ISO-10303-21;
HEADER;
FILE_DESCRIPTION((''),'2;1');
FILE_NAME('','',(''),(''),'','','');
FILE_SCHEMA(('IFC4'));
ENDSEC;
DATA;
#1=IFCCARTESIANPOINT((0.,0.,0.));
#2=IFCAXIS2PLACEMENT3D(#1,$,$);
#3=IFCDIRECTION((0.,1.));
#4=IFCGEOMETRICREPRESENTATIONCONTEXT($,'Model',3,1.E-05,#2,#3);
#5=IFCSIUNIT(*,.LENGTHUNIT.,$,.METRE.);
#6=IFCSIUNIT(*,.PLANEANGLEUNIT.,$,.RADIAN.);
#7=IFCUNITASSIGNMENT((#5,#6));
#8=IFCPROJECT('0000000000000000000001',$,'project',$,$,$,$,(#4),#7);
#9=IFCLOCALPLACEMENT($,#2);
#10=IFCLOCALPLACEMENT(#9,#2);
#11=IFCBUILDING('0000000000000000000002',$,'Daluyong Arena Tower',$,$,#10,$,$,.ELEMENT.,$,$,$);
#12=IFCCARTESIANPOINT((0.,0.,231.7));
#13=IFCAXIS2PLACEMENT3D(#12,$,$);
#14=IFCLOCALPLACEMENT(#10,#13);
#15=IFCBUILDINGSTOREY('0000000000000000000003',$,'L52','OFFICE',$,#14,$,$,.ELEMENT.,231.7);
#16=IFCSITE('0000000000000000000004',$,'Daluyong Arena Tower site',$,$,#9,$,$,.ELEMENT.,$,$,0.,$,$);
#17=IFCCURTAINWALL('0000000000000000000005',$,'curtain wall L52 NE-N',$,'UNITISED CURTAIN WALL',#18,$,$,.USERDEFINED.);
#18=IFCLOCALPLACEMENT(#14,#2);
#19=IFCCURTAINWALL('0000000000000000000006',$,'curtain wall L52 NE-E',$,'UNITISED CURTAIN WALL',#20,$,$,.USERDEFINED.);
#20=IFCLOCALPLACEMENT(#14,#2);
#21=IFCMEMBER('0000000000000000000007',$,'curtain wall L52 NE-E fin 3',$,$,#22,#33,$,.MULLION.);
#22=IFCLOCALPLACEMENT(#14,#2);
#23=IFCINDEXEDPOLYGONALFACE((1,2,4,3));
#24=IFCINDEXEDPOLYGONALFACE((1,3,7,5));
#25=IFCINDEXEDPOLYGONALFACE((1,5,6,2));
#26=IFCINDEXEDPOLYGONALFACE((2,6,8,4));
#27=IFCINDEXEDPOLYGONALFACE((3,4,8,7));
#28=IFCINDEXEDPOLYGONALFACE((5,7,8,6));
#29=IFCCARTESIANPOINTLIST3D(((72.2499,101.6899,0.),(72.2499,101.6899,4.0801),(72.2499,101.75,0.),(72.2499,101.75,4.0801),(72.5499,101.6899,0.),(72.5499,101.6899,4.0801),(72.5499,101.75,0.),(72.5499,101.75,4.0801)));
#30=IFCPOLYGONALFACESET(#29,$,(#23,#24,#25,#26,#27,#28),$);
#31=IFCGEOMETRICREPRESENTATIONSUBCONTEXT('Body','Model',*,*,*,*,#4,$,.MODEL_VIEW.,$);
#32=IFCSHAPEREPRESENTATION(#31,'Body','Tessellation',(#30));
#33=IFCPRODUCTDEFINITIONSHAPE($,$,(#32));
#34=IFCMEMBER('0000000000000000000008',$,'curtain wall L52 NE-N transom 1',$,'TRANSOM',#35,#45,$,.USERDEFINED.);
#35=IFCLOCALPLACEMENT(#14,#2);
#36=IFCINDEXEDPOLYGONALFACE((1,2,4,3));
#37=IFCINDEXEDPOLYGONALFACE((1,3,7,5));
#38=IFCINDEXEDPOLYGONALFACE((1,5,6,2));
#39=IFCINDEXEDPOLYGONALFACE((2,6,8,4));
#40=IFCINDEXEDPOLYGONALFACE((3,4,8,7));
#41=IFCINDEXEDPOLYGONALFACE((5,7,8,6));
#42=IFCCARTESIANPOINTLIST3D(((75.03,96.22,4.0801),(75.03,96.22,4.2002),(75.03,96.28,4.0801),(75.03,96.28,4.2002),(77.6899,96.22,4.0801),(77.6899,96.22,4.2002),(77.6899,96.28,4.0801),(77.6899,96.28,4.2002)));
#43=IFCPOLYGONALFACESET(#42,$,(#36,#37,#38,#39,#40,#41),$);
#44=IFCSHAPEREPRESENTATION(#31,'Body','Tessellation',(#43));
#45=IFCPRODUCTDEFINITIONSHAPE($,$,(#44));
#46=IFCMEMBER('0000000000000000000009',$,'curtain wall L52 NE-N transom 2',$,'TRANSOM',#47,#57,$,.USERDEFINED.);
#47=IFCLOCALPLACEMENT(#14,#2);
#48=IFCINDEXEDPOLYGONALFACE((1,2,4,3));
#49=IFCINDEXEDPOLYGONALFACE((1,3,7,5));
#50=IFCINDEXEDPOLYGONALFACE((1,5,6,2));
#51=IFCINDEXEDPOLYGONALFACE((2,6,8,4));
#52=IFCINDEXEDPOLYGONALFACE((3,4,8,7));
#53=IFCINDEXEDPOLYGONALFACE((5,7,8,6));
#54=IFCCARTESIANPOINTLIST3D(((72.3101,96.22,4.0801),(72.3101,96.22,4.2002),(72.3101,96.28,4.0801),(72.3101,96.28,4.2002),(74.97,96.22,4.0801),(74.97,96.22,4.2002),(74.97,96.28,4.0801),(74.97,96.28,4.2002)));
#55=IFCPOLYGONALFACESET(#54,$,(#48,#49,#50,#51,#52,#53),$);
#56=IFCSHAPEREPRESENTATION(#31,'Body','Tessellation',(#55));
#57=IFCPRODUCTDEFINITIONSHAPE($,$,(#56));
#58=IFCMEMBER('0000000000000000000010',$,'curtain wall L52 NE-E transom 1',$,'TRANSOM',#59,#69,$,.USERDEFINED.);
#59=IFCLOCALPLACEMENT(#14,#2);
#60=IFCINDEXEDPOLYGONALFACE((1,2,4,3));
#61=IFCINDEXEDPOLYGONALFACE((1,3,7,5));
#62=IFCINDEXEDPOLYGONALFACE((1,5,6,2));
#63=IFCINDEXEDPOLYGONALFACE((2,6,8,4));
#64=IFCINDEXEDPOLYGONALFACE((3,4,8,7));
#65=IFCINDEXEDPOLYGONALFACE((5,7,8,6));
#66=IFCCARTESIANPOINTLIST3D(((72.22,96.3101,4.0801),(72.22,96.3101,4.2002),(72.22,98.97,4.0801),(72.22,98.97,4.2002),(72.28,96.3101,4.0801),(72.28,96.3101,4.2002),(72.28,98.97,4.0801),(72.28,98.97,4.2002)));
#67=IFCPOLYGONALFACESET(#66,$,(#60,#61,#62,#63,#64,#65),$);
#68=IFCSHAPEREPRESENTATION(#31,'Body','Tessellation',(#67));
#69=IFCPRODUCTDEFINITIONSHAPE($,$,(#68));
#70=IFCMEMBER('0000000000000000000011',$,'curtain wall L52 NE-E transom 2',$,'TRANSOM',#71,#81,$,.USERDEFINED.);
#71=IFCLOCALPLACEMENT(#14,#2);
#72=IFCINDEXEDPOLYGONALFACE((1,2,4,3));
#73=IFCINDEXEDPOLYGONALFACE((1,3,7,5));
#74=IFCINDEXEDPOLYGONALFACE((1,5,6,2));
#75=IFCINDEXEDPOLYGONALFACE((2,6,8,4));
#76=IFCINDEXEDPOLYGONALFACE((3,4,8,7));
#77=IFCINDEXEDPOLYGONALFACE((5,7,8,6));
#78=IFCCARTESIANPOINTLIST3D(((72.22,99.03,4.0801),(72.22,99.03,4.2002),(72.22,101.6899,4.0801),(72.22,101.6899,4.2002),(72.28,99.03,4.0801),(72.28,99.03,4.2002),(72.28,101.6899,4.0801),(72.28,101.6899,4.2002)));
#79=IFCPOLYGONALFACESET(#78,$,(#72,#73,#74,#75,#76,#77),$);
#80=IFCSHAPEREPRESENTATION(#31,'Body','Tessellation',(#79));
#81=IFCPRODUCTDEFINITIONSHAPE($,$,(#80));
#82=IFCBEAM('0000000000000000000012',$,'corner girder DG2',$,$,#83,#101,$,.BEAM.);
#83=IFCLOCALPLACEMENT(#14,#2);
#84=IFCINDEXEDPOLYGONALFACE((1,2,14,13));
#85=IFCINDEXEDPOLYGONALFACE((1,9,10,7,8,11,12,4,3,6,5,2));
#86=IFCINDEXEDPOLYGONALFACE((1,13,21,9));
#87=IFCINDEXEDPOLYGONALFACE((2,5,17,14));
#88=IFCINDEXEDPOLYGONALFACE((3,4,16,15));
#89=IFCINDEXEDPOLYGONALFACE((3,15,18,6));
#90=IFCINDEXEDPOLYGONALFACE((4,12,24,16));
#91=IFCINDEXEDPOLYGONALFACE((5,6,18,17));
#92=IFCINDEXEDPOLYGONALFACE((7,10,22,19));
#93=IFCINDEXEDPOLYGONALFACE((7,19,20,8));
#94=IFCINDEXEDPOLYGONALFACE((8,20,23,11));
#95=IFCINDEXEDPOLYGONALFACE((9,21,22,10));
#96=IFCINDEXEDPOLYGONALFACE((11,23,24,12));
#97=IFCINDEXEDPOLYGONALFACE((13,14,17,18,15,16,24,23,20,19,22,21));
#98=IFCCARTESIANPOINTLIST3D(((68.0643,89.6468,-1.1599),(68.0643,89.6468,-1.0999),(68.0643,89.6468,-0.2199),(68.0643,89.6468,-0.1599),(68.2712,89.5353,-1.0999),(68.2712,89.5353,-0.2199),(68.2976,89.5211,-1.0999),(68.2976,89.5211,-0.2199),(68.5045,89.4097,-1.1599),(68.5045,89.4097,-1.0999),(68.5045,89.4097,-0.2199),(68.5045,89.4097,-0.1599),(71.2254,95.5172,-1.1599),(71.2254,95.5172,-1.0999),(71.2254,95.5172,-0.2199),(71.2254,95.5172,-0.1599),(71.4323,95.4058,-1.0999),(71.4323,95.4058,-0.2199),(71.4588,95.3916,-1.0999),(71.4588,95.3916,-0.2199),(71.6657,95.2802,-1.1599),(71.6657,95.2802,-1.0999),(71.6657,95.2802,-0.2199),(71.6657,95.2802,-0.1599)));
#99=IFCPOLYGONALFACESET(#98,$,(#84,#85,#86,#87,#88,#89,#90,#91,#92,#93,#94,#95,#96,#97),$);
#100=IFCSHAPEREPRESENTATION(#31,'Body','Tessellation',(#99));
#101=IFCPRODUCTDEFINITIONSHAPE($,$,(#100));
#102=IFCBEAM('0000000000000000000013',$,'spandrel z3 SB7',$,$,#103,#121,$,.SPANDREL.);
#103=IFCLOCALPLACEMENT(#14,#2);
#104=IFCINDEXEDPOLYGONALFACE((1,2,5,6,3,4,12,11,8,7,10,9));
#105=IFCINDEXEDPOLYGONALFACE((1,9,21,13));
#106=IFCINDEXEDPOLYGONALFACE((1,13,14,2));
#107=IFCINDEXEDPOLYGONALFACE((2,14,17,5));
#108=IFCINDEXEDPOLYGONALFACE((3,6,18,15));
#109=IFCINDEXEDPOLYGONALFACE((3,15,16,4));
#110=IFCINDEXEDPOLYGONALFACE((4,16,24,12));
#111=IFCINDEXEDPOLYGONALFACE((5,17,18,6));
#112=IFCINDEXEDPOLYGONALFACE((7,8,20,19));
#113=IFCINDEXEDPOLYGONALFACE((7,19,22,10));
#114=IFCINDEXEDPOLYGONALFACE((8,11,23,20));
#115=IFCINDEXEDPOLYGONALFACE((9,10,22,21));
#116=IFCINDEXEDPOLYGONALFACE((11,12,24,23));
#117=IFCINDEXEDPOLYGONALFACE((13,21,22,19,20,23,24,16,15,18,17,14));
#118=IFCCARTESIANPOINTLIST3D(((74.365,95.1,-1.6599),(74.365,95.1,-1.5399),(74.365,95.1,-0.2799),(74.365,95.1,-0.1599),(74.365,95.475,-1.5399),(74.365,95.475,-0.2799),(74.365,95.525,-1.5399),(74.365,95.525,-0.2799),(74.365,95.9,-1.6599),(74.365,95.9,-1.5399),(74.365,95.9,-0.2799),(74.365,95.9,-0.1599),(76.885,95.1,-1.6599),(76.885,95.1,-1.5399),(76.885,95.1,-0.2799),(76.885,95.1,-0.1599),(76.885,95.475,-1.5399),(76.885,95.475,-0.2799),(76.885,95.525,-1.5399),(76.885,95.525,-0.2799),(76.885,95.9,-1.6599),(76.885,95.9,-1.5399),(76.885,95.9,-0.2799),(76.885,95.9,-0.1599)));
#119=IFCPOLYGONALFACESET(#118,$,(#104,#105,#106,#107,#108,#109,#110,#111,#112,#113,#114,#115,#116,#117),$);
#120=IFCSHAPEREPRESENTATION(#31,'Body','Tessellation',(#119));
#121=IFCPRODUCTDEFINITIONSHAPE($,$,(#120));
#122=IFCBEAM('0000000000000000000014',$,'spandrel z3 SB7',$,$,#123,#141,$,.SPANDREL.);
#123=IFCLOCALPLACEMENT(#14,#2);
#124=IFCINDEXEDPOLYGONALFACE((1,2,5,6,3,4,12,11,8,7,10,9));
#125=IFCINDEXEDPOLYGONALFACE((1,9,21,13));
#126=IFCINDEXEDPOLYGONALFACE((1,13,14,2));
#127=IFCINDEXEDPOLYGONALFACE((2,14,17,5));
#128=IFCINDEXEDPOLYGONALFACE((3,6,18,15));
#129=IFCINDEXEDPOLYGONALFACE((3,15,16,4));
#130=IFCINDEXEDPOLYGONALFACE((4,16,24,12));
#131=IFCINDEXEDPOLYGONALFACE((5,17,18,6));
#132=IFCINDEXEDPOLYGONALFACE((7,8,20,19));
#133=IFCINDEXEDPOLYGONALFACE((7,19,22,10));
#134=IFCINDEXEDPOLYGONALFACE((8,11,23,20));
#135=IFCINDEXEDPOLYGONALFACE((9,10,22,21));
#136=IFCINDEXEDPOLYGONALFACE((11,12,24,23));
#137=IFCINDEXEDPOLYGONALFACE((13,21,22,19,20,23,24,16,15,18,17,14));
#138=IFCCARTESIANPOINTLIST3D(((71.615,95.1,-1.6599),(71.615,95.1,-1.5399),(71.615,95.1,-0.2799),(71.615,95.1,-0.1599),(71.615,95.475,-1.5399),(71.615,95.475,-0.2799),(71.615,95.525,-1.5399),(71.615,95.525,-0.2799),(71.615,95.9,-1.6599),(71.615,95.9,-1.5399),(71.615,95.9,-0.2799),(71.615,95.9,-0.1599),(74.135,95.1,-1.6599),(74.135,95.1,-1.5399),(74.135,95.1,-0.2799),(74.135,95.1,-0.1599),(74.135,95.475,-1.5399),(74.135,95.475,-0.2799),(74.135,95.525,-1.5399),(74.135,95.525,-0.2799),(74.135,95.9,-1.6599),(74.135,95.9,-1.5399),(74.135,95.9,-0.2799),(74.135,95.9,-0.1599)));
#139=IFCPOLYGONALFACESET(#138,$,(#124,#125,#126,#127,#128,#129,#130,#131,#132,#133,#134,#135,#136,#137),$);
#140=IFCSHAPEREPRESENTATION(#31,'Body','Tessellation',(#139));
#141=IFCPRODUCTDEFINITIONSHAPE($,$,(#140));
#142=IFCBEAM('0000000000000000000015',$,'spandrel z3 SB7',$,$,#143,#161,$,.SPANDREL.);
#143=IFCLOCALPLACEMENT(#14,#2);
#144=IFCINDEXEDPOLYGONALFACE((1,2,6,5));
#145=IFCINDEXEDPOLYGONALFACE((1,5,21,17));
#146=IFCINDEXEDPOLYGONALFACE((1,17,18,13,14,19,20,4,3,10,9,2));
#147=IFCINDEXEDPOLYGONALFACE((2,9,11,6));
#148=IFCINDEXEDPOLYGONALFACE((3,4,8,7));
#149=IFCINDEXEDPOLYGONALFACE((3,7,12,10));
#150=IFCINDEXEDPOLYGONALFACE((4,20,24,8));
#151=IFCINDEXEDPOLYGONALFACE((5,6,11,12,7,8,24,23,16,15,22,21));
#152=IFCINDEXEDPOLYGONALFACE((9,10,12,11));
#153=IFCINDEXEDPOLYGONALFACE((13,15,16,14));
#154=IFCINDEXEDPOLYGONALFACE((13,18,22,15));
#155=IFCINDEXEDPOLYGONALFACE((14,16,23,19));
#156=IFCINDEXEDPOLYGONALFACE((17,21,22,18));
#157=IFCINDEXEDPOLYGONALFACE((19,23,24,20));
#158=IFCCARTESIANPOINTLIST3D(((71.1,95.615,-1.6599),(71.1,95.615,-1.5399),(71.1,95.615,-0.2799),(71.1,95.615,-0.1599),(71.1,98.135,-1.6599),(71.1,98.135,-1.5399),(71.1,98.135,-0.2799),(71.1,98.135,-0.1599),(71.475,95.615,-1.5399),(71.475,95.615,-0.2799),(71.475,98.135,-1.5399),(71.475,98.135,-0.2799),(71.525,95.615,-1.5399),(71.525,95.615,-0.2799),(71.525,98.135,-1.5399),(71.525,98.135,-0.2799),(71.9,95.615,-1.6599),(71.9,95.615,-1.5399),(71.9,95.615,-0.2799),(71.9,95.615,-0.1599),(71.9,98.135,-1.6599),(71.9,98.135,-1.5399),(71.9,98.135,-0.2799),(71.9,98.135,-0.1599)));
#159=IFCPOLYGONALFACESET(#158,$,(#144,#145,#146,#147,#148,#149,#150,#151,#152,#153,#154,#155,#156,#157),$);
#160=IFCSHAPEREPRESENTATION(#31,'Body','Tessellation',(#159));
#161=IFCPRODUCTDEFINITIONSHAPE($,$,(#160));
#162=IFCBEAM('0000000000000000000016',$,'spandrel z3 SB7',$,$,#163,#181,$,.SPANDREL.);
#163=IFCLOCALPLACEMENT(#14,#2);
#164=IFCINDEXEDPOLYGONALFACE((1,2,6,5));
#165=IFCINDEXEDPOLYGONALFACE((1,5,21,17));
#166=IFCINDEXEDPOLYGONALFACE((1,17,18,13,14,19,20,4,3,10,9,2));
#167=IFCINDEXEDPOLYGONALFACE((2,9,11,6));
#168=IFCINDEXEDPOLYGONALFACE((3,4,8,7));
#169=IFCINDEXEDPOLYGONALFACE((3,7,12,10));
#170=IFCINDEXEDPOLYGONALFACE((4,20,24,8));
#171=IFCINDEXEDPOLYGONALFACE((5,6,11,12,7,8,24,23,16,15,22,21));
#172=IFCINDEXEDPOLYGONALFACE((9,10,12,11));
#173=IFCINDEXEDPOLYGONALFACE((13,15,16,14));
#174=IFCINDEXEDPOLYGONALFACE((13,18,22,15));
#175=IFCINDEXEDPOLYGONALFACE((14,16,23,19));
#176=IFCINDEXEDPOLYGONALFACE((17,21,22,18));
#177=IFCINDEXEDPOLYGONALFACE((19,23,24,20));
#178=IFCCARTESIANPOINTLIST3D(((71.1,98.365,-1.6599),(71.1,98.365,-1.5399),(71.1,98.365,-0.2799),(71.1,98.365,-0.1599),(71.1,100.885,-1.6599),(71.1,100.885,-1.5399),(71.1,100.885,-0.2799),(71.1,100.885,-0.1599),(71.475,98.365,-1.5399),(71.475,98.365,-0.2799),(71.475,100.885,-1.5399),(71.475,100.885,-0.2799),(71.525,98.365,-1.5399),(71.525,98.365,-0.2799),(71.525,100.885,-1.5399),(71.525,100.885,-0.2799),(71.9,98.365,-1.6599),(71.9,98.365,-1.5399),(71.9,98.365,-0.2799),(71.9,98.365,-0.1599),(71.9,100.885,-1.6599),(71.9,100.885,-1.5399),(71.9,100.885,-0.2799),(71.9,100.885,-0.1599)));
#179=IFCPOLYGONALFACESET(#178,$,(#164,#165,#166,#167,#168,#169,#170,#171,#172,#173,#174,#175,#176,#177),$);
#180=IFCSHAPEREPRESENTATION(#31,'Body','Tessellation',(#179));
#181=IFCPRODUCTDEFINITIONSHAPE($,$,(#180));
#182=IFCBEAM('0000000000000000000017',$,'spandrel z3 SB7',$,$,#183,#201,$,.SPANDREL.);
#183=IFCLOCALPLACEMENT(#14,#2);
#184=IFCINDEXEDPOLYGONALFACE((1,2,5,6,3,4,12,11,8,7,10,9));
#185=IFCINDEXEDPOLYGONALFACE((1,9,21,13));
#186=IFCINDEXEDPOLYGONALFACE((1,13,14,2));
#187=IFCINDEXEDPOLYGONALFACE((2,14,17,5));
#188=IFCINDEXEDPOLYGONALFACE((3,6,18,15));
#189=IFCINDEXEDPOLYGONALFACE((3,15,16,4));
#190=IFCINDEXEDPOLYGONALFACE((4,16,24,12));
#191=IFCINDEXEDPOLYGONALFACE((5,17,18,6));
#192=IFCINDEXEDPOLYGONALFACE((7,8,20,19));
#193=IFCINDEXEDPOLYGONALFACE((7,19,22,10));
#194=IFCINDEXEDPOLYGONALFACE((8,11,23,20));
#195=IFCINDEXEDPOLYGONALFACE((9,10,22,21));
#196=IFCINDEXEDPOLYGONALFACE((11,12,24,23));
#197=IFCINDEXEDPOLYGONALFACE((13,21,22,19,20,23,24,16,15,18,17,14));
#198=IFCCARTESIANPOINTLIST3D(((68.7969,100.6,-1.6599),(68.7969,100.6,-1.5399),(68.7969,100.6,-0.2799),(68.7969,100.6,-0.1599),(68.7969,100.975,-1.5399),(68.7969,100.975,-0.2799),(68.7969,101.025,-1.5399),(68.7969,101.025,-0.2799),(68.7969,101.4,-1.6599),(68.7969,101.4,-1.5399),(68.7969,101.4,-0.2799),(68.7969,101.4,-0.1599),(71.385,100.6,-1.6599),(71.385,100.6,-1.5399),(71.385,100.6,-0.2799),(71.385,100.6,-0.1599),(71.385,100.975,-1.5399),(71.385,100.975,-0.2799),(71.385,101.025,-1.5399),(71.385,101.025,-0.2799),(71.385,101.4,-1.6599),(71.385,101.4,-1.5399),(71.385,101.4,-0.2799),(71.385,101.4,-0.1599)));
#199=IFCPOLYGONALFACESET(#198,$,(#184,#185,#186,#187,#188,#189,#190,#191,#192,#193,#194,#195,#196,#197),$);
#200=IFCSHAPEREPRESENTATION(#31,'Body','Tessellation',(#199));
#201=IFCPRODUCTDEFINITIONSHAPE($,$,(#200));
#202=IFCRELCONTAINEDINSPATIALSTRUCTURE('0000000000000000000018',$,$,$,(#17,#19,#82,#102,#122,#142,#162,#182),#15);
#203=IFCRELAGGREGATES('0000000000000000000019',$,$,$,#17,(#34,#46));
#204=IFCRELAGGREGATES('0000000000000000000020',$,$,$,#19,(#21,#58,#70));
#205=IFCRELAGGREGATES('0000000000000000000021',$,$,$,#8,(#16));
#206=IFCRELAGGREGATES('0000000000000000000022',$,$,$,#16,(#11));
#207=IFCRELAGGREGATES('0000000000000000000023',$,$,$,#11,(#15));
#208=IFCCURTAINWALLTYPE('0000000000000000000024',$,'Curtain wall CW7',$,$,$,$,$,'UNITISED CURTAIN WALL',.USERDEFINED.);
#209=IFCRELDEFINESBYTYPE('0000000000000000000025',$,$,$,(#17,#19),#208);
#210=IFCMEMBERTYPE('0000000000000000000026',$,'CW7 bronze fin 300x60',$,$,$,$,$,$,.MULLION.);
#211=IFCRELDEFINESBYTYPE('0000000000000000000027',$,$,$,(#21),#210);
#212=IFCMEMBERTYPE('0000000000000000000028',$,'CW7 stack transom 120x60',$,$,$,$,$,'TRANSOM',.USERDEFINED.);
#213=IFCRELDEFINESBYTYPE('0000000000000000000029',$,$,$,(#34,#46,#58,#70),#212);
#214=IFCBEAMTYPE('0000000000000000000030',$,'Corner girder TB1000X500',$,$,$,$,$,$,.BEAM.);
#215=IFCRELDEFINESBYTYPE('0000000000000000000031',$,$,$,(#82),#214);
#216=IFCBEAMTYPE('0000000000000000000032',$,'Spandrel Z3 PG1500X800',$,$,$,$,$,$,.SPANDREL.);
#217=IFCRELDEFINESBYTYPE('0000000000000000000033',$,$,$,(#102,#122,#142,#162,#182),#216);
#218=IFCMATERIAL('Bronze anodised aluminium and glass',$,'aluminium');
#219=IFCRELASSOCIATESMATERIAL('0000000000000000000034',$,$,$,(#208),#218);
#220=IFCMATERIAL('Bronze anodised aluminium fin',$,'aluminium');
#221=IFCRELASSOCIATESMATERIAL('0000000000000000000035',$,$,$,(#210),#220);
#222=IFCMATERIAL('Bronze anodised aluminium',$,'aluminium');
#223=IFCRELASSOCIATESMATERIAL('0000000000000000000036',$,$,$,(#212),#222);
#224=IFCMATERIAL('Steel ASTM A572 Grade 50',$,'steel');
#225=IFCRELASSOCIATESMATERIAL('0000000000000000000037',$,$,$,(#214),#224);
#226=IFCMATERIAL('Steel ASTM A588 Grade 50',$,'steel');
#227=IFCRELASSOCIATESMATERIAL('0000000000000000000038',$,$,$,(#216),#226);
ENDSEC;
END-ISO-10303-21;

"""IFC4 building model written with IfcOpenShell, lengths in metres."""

from ifc_helpers import new_model, si_unit, direction, frame, origin, origin_2d, place, context, subcontext, project, spatial, rectangle, i_section, extrude, material, material_profile, profile_set, type_object, element, aggregate, save


model = new_model("IFC4")

# Units and contexts
model_context = context("Model", 3, precision=1e-05, world=origin(), true_north=direction((0.0, 1.0)))
body_context = subcontext(model_context, "Body", "Model", "MODEL_VIEW")
ifc_project = project(units=[si_unit("LENGTHUNIT", "METRE"), si_unit("PLANEANGLEUNIT", "RADIAN")], contexts=[model_context])

# Site, building, storey
site_placement = place(None, origin())
site = spatial("IfcSite", under=ifc_project, at=site_placement, Name="Daluyong Arena Tower site", CompositionType="ELEMENT", RefElevation=0.0)
building_placement = place(site_placement, origin())
building = spatial("IfcBuilding", under=site, at=building_placement, Name="Daluyong Arena Tower", CompositionType="ELEMENT")
storey_placement = place(building_placement, frame((0.0, 0.0, 231.7)))
storey = spatial("IfcBuildingStorey", under=building, at=storey_placement, Name="L52", Description="OFFICE", CompositionType="ELEMENT", Elevation=231.7)

# Curtain walls, member
ifc_material_1 = material(Name="Bronze anodised aluminium and glass", Category="aluminium")
curtain_wall_type_1 = type_object("IfcCurtainWallType", Name="Curtain wall CW7", ElementType="UNITISED CURTAIN WALL", PredefinedType="USERDEFINED", material=ifc_material_1)
curtain_wall_1_placement = place(storey_placement, origin())
curtain_wall_1 = element("IfcCurtainWall", 1, at=curtain_wall_1_placement, inside=storey, type_object=curtain_wall_type_1, Name="curtain wall L52 NE-N", ObjectType="UNITISED CURTAIN WALL", PredefinedType="USERDEFINED")
ifc_material_2 = material(Name="Bronze anodised aluminium fin", Category="aluminium")
ifc_material_profile_1 = material_profile(ifc_material_2, rectangle(XDim=0.3, YDim=0.0601, at=origin_2d()))
ifc_profile_set_1 = profile_set([ifc_material_profile_1], Name="Bronze anodised aluminium fin")
member_type_1 = type_object("IfcMemberType", Name="CW7 bronze fin 300x60", PredefinedType="MULLION", material=ifc_profile_set_1)
curtain_wall_2_placement = place(storey_placement, origin())
curtain_wall_2 = element("IfcCurtainWall", 2, at=curtain_wall_2_placement, inside=storey, type_object=curtain_wall_type_1, Name="curtain wall L52 NE-E", ObjectType="UNITISED CURTAIN WALL", PredefinedType="USERDEFINED")
member_1_placement = place(storey_placement, frame((72.3999, 101.72, 0.0), z_axis=(0.0, 0.0, 1.0), x_axis=(-1.0, 0.0, 0.0)))
member_1 = element("IfcMember", 3, at=member_1_placement, type_object=member_type_1, Name="curtain wall L52 NE-E fin 3", PredefinedType="MULLION", context=body_context, shape_type="SweptSolid", body=[
    extrude(rectangle(XDim=0.3, YDim=0.0601, at=origin_2d()), origin(), (0.0, 0.0, 1.0), 4.0801),
])

# Members
ifc_material_3 = material(Name="Bronze anodised aluminium", Category="aluminium")
ifc_material_profile_2 = material_profile(ifc_material_3, rectangle(XDim=0.0601, YDim=0.1201, at=origin_2d()))
ifc_profile_set_2 = profile_set([ifc_material_profile_2], Name="Bronze anodised aluminium")
member_type_2 = type_object("IfcMemberType", Name="CW7 stack transom 120x60", ElementType="TRANSOM", PredefinedType="USERDEFINED", material=ifc_profile_set_2)
member_2_placement = place(storey_placement, frame((77.6899, 96.25, 4.1401), z_axis=(-1.0, 0.0, 0.0), x_axis=(0.0, -1.0, 0.0)))
member_2 = element("IfcMember", 4, at=member_2_placement, type_object=member_type_2, Name="curtain wall L52 NE-N transom 1", ObjectType="TRANSOM", PredefinedType="USERDEFINED", context=body_context, shape_type="SweptSolid", body=[
    extrude(rectangle(XDim=0.0601, YDim=0.1201, at=origin_2d()), origin(), (0.0, 0.0, 1.0), 2.6599),
])
member_3_placement = place(storey_placement, frame((74.97, 96.25, 4.1401), z_axis=(-1.0, 0.0, 0.0), x_axis=(0.0, -1.0, 0.0)))
member_3 = element("IfcMember", 5, at=member_3_placement, type_object=member_type_2, Name="curtain wall L52 NE-N transom 2", ObjectType="TRANSOM", PredefinedType="USERDEFINED", context=body_context, shape_type="SweptSolid", body=[
    extrude(rectangle(XDim=0.0601, YDim=0.1201, at=origin_2d()), origin(), (0.0, 0.0, 1.0), 2.6599),
])
member_4_placement = place(storey_placement, frame((72.25, 96.3101, 4.1401), z_axis=(0.0, 1.0, 0.0), x_axis=(-1.0, 0.0, 0.0)))
member_4 = element("IfcMember", 6, at=member_4_placement, type_object=member_type_2, Name="curtain wall L52 NE-E transom 1", ObjectType="TRANSOM", PredefinedType="USERDEFINED", context=body_context, shape_type="SweptSolid", body=[
    extrude(rectangle(XDim=0.0601, YDim=0.1201, at=origin_2d()), origin(), (0.0, 0.0, 1.0), 2.6599),
])
member_5_placement = place(storey_placement, frame((72.25, 99.03, 4.1401), z_axis=(0.0, 1.0, 0.0), x_axis=(-1.0, 0.0, 0.0)))
member_5 = element("IfcMember", 7, at=member_5_placement, type_object=member_type_2, Name="curtain wall L52 NE-E transom 2", ObjectType="TRANSOM", PredefinedType="USERDEFINED", context=body_context, shape_type="SweptSolid", body=[
    extrude(rectangle(XDim=0.0601, YDim=0.1201, at=origin_2d()), origin(), (0.0, 0.0, 1.0), 2.6599),
])

# Beams
ifc_material_4 = material(Name="Steel ASTM A572 Grade 50", Category="steel")
ifc_material_profile_3 = material_profile(ifc_material_4, i_section(OverallWidth=0.5, OverallDepth=1.0, WebThickness=0.03, FlangeThickness=0.06, at=origin_2d()))
ifc_profile_set_3 = profile_set([ifc_material_profile_3], Name="Steel ASTM A572 Grade 50")
beam_type_1 = type_object("IfcBeamType", Name="Corner girder TB1000X500", PredefinedType="BEAM", material=ifc_profile_set_3)
beam_1_placement = place(storey_placement, frame((71.4456, 95.3987, -0.6599), z_axis=(-0.474119, -0.880461, 0.0), x_axis=(0.880461, -0.474119, 0.0)))
element("IfcBeam", 8, at=beam_1_placement, inside=storey, type_object=beam_type_1, Name="corner girder DG2", PredefinedType="BEAM", context=body_context, shape_type="SweptSolid", body=[
    extrude(i_section(OverallWidth=0.5, OverallDepth=1.0, WebThickness=0.03, FlangeThickness=0.06, at=origin_2d()), origin(), (0.0, 0.0, 1.0), 6.6675),
])
ifc_material_5 = material(Name="Steel ASTM A588 Grade 50", Category="steel")
ifc_material_profile_4 = material_profile(ifc_material_5, i_section(OverallWidth=0.8, OverallDepth=1.5, WebThickness=0.05, FlangeThickness=0.12, at=origin_2d()))
ifc_profile_set_4 = profile_set([ifc_material_profile_4], Name="Steel ASTM A588 Grade 50")
beam_type_2 = type_object("IfcBeamType", Name="Spandrel Z3 PG1500X800", PredefinedType="SPANDREL", material=ifc_profile_set_4)
for number, where, z_axis, x_axis, name in (
    (9, (76.885, 95.5, -0.9099), (-1.0, 0.0, 0.0), (0.0, -1.0, 0.0), "spandrel z3 SB7"),
    (10, (74.135, 95.5, -0.9099), (-1.0, 0.0, 0.0), (0.0, -1.0, 0.0), "spandrel z3 SB7"),
    (11, (71.5, 95.615, -0.9099), (0.0, 1.0, 0.0), (-1.0, 0.0, 0.0), "spandrel z3 SB7"),
    (12, (71.5, 98.365, -0.9099), (0.0, 1.0, 0.0), (-1.0, 0.0, 0.0), "spandrel z3 SB7"),
):
    element("IfcBeam", number, at=place(storey_placement, frame(where, z_axis=z_axis, x_axis=x_axis)), inside=storey, type_object=beam_type_2, Name=name, PredefinedType="SPANDREL", context=body_context, shape_type="SweptSolid", body=[
        extrude(i_section(OverallWidth=0.8, OverallDepth=1.5, WebThickness=0.05, FlangeThickness=0.12, at=origin_2d()), origin(), (0.0, 0.0, 1.0), 2.52),
    ])
beam_2_placement = place(storey_placement, frame((71.385, 101.0, -0.9099), z_axis=(-1.0, 0.0, 0.0), x_axis=(0.0, -1.0, 0.0)))
element("IfcBeam", 13, at=beam_2_placement, inside=storey, type_object=beam_type_2, Name="spandrel z3 SB7", PredefinedType="SPANDREL", context=body_context, shape_type="SweptSolid", body=[
    extrude(i_section(OverallWidth=0.8, OverallDepth=1.5, WebThickness=0.05, FlangeThickness=0.12, at=origin_2d()), origin(), (0.0, 0.0, 1.0), 2.5881),
])

aggregate(curtain_wall_1, [member_2, member_3])
aggregate(curtain_wall_2, [member_1, member_4, member_5])

save(model, "model.ifc")
